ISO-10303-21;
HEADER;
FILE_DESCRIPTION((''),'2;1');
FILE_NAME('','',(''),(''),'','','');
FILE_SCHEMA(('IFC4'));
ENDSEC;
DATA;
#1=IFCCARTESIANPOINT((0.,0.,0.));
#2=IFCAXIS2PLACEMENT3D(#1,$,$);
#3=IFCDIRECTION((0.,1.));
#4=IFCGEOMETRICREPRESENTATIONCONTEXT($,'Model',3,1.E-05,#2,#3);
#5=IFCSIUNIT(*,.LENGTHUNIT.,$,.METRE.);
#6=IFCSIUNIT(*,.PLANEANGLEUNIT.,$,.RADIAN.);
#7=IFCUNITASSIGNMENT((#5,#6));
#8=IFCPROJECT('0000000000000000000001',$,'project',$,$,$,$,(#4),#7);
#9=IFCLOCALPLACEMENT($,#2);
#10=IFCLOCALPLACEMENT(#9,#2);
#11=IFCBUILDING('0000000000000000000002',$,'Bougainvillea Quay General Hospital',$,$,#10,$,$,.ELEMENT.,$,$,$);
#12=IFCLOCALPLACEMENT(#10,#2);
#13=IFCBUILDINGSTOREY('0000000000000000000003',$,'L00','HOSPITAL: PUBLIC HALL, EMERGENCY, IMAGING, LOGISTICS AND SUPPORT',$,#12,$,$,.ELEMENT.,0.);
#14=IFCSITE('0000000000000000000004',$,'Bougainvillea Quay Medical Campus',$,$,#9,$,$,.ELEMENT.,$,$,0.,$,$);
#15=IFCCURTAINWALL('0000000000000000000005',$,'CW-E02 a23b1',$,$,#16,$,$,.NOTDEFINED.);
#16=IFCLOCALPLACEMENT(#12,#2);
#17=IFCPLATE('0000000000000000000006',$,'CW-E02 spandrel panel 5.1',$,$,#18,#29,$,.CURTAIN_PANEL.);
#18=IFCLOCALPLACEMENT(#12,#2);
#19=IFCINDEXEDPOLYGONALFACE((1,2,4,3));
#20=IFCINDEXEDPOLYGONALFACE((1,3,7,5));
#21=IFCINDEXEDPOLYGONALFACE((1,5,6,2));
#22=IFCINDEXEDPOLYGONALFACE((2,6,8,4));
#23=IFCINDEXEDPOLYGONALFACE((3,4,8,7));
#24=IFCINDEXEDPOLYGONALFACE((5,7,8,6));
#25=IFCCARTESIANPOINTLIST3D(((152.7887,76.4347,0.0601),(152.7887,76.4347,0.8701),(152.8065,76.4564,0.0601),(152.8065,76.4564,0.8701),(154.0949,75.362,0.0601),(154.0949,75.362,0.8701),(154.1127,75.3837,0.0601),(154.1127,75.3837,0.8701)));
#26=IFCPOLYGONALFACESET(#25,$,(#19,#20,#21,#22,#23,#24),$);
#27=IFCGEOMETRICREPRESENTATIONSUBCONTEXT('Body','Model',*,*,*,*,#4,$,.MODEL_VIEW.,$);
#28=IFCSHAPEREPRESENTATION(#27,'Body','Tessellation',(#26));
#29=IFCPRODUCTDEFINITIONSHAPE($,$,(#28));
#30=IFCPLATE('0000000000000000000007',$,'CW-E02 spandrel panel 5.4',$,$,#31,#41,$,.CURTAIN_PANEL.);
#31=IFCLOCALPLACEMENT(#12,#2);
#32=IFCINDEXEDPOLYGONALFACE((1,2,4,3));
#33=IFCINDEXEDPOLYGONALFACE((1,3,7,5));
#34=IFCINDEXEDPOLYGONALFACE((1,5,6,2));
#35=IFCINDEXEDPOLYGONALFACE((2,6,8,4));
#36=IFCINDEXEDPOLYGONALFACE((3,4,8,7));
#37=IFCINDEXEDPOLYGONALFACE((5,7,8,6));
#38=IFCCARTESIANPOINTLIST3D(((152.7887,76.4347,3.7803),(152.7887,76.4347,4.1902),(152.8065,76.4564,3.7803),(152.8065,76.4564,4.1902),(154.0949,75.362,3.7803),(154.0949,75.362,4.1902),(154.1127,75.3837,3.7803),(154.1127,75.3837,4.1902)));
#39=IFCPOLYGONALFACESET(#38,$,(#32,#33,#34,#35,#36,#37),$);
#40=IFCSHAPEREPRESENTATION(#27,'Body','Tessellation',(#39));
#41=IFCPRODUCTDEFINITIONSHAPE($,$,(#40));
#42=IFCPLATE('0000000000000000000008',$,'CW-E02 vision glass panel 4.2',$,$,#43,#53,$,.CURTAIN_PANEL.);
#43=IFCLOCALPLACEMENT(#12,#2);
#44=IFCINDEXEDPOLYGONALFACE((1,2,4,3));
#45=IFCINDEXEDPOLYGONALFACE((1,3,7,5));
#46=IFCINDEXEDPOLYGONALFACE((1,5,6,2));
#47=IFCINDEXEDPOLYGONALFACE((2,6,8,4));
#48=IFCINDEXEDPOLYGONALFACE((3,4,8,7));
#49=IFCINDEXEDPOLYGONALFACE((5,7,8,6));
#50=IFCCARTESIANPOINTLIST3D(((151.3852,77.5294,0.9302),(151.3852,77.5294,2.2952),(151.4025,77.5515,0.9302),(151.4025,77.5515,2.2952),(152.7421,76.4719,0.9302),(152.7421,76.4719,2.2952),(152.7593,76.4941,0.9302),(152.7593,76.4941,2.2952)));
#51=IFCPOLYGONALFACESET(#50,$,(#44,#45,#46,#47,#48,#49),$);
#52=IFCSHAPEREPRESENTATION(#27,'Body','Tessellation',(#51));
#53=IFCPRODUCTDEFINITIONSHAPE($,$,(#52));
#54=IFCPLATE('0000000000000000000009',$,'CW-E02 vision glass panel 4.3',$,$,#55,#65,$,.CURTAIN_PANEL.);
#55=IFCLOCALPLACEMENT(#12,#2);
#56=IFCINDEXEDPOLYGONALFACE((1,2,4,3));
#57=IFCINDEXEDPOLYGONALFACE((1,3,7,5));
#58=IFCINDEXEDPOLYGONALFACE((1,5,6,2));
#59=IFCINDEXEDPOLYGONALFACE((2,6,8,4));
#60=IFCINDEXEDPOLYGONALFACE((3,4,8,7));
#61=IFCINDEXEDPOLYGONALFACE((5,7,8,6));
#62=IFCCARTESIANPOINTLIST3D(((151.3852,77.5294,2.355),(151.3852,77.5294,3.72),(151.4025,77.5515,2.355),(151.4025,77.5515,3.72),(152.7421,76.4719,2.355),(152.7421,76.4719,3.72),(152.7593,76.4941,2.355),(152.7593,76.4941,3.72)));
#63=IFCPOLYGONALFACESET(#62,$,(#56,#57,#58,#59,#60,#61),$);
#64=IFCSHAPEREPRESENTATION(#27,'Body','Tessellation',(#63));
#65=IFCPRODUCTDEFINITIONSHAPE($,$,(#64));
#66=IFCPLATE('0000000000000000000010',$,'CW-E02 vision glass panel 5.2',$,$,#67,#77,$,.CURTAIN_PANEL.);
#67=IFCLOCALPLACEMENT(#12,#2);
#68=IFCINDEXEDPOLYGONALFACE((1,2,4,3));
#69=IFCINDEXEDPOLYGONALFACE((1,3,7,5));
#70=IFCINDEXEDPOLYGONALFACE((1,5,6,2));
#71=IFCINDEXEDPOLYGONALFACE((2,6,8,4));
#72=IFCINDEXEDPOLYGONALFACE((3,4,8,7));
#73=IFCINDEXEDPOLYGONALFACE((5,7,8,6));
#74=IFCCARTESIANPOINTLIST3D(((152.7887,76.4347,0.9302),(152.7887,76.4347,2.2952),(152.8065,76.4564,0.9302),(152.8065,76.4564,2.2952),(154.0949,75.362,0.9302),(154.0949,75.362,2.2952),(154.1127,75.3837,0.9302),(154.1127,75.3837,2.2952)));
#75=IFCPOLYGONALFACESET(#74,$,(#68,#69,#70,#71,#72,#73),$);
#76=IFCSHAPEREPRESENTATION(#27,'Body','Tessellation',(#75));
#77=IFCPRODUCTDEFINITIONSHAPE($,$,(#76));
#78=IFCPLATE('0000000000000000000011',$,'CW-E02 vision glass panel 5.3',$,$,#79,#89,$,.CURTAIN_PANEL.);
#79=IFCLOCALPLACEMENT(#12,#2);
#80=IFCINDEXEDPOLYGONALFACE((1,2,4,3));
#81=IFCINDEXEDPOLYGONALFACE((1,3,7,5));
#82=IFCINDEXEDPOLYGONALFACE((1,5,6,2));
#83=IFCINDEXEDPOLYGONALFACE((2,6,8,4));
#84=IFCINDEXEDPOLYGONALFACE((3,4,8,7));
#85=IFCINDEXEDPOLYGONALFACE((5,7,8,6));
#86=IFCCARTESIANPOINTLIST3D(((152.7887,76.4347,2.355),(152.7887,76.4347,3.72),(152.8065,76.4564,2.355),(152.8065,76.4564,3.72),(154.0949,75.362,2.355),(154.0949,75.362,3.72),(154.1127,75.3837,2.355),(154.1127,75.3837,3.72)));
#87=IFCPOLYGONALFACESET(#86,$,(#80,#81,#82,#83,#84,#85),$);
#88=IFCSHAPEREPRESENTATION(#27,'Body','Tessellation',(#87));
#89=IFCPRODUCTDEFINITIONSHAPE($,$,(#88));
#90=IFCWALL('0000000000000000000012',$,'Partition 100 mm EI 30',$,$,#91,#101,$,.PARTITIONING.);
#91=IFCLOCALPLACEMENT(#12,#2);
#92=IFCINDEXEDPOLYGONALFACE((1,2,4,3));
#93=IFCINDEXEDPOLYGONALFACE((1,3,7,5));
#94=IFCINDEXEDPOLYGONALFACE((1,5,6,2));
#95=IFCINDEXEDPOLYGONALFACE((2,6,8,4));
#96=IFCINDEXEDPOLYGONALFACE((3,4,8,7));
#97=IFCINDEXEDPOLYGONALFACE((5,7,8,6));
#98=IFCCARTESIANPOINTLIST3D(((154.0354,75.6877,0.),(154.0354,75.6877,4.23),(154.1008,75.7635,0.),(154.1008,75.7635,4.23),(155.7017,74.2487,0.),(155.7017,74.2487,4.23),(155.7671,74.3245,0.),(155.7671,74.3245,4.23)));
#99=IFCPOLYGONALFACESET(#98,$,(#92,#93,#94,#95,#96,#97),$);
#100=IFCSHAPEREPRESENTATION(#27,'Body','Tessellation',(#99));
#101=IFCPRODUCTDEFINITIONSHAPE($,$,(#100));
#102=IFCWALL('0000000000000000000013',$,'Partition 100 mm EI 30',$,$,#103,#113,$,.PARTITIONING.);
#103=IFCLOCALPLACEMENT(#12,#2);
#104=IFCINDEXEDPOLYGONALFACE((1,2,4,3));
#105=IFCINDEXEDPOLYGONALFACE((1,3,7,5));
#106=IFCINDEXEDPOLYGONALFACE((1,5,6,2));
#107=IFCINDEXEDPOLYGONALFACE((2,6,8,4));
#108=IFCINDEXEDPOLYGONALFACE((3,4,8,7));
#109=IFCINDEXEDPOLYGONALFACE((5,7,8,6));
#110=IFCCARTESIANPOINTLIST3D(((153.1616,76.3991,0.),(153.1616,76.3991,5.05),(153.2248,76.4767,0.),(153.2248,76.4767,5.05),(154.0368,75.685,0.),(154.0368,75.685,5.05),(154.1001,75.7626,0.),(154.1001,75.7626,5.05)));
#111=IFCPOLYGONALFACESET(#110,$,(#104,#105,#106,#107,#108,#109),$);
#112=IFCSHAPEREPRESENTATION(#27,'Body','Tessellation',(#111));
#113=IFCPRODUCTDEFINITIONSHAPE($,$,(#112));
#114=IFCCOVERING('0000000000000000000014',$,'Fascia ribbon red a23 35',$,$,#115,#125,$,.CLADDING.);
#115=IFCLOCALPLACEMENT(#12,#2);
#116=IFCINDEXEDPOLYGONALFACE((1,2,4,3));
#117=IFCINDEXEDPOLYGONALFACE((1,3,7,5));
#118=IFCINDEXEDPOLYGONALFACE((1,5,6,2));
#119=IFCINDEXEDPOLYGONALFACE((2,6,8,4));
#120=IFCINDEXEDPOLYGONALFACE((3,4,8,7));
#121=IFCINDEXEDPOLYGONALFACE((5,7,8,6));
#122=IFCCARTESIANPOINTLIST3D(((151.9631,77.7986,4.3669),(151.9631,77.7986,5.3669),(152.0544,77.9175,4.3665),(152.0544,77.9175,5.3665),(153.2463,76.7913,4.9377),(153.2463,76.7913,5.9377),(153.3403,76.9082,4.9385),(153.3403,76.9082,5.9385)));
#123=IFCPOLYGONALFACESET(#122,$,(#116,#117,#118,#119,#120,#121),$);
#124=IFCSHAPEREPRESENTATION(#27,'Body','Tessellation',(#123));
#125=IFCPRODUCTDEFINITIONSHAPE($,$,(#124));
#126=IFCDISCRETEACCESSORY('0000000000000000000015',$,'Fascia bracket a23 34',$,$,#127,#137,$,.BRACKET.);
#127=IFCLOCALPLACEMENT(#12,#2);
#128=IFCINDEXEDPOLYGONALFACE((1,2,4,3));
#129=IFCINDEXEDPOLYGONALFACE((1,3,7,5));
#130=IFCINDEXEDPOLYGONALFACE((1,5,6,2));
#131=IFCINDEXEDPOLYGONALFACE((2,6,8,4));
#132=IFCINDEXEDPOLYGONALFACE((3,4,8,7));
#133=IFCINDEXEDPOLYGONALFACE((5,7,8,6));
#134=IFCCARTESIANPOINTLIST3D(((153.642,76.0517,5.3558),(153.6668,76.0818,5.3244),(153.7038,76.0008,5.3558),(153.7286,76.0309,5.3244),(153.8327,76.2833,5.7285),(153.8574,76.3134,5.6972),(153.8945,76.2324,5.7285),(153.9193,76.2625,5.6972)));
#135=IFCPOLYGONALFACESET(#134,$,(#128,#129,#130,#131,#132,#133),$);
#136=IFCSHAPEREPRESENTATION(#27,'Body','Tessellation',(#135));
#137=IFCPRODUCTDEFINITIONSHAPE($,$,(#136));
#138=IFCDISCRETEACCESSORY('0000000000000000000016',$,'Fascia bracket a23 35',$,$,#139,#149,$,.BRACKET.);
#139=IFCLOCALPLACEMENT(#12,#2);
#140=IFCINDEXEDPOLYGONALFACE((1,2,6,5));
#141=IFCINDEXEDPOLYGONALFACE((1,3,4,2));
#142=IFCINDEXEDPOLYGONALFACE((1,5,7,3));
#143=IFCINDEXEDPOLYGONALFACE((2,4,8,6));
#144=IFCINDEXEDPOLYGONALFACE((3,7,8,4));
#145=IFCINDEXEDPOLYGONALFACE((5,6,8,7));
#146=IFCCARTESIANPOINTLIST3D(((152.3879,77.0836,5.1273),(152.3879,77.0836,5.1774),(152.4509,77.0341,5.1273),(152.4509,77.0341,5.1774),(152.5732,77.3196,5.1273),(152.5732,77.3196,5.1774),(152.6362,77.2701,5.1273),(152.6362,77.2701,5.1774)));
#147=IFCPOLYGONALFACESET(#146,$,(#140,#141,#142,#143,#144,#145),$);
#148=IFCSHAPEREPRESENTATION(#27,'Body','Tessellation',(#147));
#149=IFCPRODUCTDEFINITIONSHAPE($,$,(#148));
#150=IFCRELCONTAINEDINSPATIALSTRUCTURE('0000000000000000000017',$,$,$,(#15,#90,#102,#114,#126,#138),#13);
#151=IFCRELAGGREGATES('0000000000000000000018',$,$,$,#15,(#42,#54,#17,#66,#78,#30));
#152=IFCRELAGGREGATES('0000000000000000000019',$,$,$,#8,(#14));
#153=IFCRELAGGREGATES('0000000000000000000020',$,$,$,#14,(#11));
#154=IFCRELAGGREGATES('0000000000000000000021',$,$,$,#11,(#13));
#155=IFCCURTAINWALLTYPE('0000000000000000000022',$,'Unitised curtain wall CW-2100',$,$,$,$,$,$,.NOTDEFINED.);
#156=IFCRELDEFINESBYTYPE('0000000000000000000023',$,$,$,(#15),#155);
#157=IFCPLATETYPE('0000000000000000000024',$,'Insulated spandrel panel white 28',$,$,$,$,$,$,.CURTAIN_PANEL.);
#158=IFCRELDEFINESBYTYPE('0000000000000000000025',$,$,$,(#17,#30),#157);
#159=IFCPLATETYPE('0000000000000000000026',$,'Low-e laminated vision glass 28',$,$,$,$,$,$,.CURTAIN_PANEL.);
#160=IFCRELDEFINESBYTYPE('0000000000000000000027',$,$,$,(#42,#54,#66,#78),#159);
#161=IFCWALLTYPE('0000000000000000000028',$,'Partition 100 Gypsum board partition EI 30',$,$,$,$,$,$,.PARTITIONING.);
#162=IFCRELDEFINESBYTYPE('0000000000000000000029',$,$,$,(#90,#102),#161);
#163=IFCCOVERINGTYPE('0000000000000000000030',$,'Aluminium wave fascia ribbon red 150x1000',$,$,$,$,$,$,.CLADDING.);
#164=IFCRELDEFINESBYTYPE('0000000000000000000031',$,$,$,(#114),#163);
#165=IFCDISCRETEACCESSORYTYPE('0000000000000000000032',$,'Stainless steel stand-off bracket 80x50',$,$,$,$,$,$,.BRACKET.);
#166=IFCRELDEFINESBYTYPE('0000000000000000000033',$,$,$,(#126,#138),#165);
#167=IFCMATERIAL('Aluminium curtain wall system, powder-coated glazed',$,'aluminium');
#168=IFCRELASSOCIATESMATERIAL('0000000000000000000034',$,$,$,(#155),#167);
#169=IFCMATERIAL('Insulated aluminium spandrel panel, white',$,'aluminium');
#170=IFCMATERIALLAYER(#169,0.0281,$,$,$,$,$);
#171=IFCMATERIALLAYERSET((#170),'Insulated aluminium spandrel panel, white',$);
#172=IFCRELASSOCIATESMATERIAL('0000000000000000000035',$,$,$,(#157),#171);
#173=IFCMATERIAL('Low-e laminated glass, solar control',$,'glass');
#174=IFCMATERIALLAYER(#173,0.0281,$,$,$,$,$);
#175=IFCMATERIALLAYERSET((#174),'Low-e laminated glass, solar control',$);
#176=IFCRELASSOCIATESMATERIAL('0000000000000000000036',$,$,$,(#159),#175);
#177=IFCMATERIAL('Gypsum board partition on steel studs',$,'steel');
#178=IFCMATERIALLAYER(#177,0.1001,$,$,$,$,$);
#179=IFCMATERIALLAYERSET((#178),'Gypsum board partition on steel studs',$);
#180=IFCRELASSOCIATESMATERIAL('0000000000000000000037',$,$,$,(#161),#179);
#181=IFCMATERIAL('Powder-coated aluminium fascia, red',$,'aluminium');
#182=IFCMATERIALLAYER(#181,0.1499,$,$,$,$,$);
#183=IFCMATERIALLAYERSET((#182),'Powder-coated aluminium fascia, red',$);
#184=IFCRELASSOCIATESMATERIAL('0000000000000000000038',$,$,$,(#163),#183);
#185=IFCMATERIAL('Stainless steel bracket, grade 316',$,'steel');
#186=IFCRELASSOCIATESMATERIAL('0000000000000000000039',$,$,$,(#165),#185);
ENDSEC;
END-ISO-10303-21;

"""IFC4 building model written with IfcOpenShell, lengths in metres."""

from ifc_helpers import new_model, si_unit, direction, frame, frame_2d, origin, origin_2d, place, context, subcontext, project, spatial, polyline, rectangle, outline, extrude, material, layer, layer_set, material_profile, profile_set, type_object, element, aggregate, save


model = new_model("IFC4")

# Units and contexts
model_context = context("Model", 3, precision=1e-05, world=origin(), true_north=direction((0.0, 1.0)))
body_context = subcontext(model_context, "Body", "Model", "MODEL_VIEW")
ifc_project = project(units=[si_unit("LENGTHUNIT", "METRE"), si_unit("PLANEANGLEUNIT", "RADIAN")], contexts=[model_context])

# Site, building, storey
site_placement = place(None, origin())
site = spatial("IfcSite", under=ifc_project, at=site_placement, Name="Bougainvillea Quay Medical Campus", CompositionType="ELEMENT", RefElevation=0.0)
building_placement = place(site_placement, origin())
building = spatial("IfcBuilding", under=site, at=building_placement, Name="Bougainvillea Quay General Hospital", CompositionType="ELEMENT")
storey_placement = place(building_placement, origin())
storey = spatial("IfcBuildingStorey", under=building, at=storey_placement, Name="L00", Description="HOSPITAL: PUBLIC HALL, EMERGENCY, IMAGING, LOGISTICS AND SUPPORT", CompositionType="ELEMENT", Elevation=0.0)

# Curtain wall, plates
ifc_material_1 = material(Name="Aluminium curtain wall system, powder-coated glazed", Category="aluminium")
curtain_wall_type = type_object("IfcCurtainWallType", Name="Unitised curtain wall CW-2100", PredefinedType="NOTDEFINED", material=ifc_material_1)
curtain_wall_placement = place(storey_placement, origin())
curtain_wall = element("IfcCurtainWall", 1, at=curtain_wall_placement, inside=storey, type_object=curtain_wall_type, Name="CW-E02 a23b1", PredefinedType="NOTDEFINED")
ifc_material_2 = material(Name="Insulated aluminium spandrel panel, white", Category="aluminium")
ifc_layer_1 = layer(ifc_material_2, 0.0281)
ifc_layer_set_1 = layer_set([ifc_layer_1], Name="Insulated aluminium spandrel panel, white")
plate_type_1 = type_object("IfcPlateType", Name="Insulated spandrel panel white 28", PredefinedType="CURTAIN_PANEL", material=ifc_layer_set_1)
plate_1_placement = place(storey_placement, frame((153.4507, 75.9092, 0.0601), z_axis=(0.0, 0.0, 1.0), x_axis=(0.772813, -0.634633, 0.0)))
plate_1 = element("IfcPlate", 2, at=plate_1_placement, type_object=plate_type_1, Name="CW-E02 spandrel panel 5.1", PredefinedType="CURTAIN_PANEL", context=body_context, shape_type="SweptSolid", body=[
    extrude(rectangle(XDim=1.6902, YDim=0.0281, at=origin_2d()), origin(), (0.0, 0.0, 1.0), 0.8101),
])
plate_2_placement = place(storey_placement, frame((153.4507, 75.9092, 3.7803), z_axis=(0.0, 0.0, 1.0), x_axis=(0.772813, -0.634633, 0.0)))
plate_2 = element("IfcPlate", 3, at=plate_2_placement, type_object=plate_type_1, Name="CW-E02 spandrel panel 5.4", PredefinedType="CURTAIN_PANEL", context=body_context, shape_type="SweptSolid", body=[
    extrude(rectangle(XDim=1.6902, YDim=0.0281, at=origin_2d()), origin(), (0.0, 0.0, 1.0), 0.4099),
])
ifc_material_3 = material(Name="Low-e laminated glass, solar control", Category="glass")
ifc_layer_2 = layer(ifc_material_3, 0.0281)
ifc_layer_set_2 = layer_set([ifc_layer_2], Name="Low-e laminated glass, solar control")
plate_type_2 = type_object("IfcPlateType", Name="Low-e laminated vision glass 28", PredefinedType="CURTAIN_PANEL", material=ifc_layer_set_2)
plate_3_placement = place(storey_placement, frame((152.0723, 77.0117, 0.9302), z_axis=(0.0, 0.0, 1.0), x_axis=(0.788758, -0.614704, 0.0)))
plate_3 = element("IfcPlate", 4, at=plate_3_placement, type_object=plate_type_2, Name="CW-E02 vision glass panel 4.2", PredefinedType="CURTAIN_PANEL", context=body_context, shape_type="SweptSolid", body=[
    extrude(rectangle(XDim=1.7202, YDim=0.0281, at=origin_2d()), origin(), (0.0, 0.0, 1.0), 1.365),
])
plate_4_placement = place(storey_placement, frame((152.0723, 77.0117, 2.355), z_axis=(0.0, 0.0, 1.0), x_axis=(0.788758, -0.614704, 0.0)))
plate_4 = element("IfcPlate", 5, at=plate_4_placement, type_object=plate_type_2, Name="CW-E02 vision glass panel 4.3", PredefinedType="CURTAIN_PANEL", context=body_context, shape_type="SweptSolid", body=[
    extrude(rectangle(XDim=1.7202, YDim=0.0281, at=origin_2d()), origin(), (0.0, 0.0, 1.0), 1.365),
])
plate_5_placement = place(storey_placement, frame((153.4507, 75.9092, 0.9302), z_axis=(0.0, 0.0, 1.0), x_axis=(0.772813, -0.634633, 0.0)))
plate_5 = element("IfcPlate", 6, at=plate_5_placement, type_object=plate_type_2, Name="CW-E02 vision glass panel 5.2", PredefinedType="CURTAIN_PANEL", context=body_context, shape_type="SweptSolid", body=[
    extrude(rectangle(XDim=1.6902, YDim=0.0281, at=origin_2d()), origin(), (0.0, 0.0, 1.0), 1.365),
])
plate_6_placement = place(storey_placement, frame((153.4507, 75.9092, 2.355), z_axis=(0.0, 0.0, 1.0), x_axis=(0.772813, -0.634633, 0.0)))
plate_6 = element("IfcPlate", 7, at=plate_6_placement, type_object=plate_type_2, Name="CW-E02 vision glass panel 5.3", PredefinedType="CURTAIN_PANEL", context=body_context, shape_type="SweptSolid", body=[
    extrude(rectangle(XDim=1.6902, YDim=0.0281, at=origin_2d()), origin(), (0.0, 0.0, 1.0), 1.365),
])
aggregate(curtain_wall, [plate_3, plate_4, plate_1, plate_5, plate_6, plate_2])

# Walls
ifc_material_4 = material(Name="Gypsum board partition on steel studs", Category="steel")
ifc_layer_3 = layer(ifc_material_4, 0.1001)
ifc_layer_set_3 = layer_set([ifc_layer_3], Name="Gypsum board partition on steel studs")
wall_type = type_object("IfcWallType", Name="Partition 100 Gypsum board partition EI 30", PredefinedType="PARTITIONING", material=ifc_layer_set_3)
wall_1_placement = place(storey_placement, frame((154.0681, 75.7256, 0.0), z_axis=(0.0, 0.0, 1.0), x_axis=(0.75684, -0.6536, 0.0)))
element("IfcWall", 8, at=wall_1_placement, inside=storey, type_object=wall_type, Name="Partition 100 mm EI 30", PredefinedType="PARTITIONING", context=body_context, shape_type="SweptSolid", body=[
    extrude(rectangle(XDim=2.2017, YDim=0.1001, at=frame_2d((1.1008, 0.0))), origin(), (0.0, 0.0, 1.0), 4.23),
])
wall_2_placement = place(storey_placement, frame((153.1931, 76.438, 0.0), z_axis=(0.0, 0.0, 1.0), x_axis=(0.774823, -0.632178, 0.0)))
element("IfcWall", 9, at=wall_2_placement, inside=storey, type_object=wall_type, Name="Partition 100 mm EI 30", PredefinedType="PARTITIONING", context=body_context, shape_type="SweptSolid", body=[
    extrude(rectangle(XDim=1.1296, YDim=0.1001, at=frame_2d((0.5649, 0.0))), origin(), (0.0, 0.0, 1.0), 5.05),
])

# Covering
ifc_material_5 = material(Name="Powder-coated aluminium fascia, red", Category="aluminium")
ifc_layer_4 = layer(ifc_material_5, 0.1499)
ifc_layer_set_4 = layer_set([ifc_layer_4], Name="Powder-coated aluminium fascia, red")
covering_type = type_object("IfcCoveringType", Name="Aluminium wave fascia ribbon red 150x1000", PredefinedType="CLADDING", material=ifc_layer_set_4)
covering_placement = place(storey_placement, frame((153.2463, 76.7913, 4.9377), z_axis=(-0.260177, 0.203448, 0.943884), x_axis=(-0.742448, 0.582828, -0.330277)))
element("IfcCovering", 10, at=covering_placement, inside=storey, type_object=covering_type, Name="Fascia ribbon red a23 35", PredefinedType="CLADDING", context=body_context, shape_type="SweptSolid", body=[
    extrude(outline(polyline([(0.0, 0.0), (1.7283, 0.0), (1.73, -0.1499), (-0.0019, -0.15), (0.0, 0.0)])), origin(), (-0.330277, -0.000589, 0.943884), 1.0),
])

# Discrete accessories
ifc_material_6 = material(Name="Stainless steel bracket, grade 316", Category="steel")
ifc_material_profile_1 = material_profile(ifc_material_6, rectangle(XDim=0.0801, YDim=0.05, at=origin_2d()))
ifc_profile_set_1 = profile_set([ifc_material_profile_1], Name="Stainless steel bracket, grade 316")
discrete_accessory_type = type_object("IfcDiscreteAccessoryType", Name="Stainless steel stand-off bracket 80x50", PredefinedType="BRACKET", material=ifc_profile_set_1)
discrete_accessory_1_placement = place(storey_placement, frame((153.6853, 76.0413, 5.3401), z_axis=(0.398434, 0.48414, 0.779012), x_axis=(-0.772142, 0.635451, 0.0)))
element("IfcDiscreteAccessory", 11, at=discrete_accessory_1_placement, inside=storey, type_object=discrete_accessory_type, Name="Fascia bracket a23 34", PredefinedType="BRACKET", context=body_context, shape_type="SweptSolid", body=[
    extrude(rectangle(XDim=0.0801, YDim=0.05, at=origin_2d()), origin(), (0.0, 0.0, 1.0), 0.4785),
])
discrete_accessory_2_placement = place(storey_placement, frame((152.4194, 77.0588, 5.1523), z_axis=(0.617426, 0.786629, 0.0), x_axis=(-0.786629, 0.617426, 0.0)))
element("IfcDiscreteAccessory", 12, at=discrete_accessory_2_placement, inside=storey, type_object=discrete_accessory_type, Name="Fascia bracket a23 35", PredefinedType="BRACKET", context=body_context, shape_type="SweptSolid", body=[
    extrude(rectangle(XDim=0.0801, YDim=0.05, at=origin_2d()), origin(), (0.0, 0.0, 1.0), 0.3),
])

save(model, "model.ifc")
